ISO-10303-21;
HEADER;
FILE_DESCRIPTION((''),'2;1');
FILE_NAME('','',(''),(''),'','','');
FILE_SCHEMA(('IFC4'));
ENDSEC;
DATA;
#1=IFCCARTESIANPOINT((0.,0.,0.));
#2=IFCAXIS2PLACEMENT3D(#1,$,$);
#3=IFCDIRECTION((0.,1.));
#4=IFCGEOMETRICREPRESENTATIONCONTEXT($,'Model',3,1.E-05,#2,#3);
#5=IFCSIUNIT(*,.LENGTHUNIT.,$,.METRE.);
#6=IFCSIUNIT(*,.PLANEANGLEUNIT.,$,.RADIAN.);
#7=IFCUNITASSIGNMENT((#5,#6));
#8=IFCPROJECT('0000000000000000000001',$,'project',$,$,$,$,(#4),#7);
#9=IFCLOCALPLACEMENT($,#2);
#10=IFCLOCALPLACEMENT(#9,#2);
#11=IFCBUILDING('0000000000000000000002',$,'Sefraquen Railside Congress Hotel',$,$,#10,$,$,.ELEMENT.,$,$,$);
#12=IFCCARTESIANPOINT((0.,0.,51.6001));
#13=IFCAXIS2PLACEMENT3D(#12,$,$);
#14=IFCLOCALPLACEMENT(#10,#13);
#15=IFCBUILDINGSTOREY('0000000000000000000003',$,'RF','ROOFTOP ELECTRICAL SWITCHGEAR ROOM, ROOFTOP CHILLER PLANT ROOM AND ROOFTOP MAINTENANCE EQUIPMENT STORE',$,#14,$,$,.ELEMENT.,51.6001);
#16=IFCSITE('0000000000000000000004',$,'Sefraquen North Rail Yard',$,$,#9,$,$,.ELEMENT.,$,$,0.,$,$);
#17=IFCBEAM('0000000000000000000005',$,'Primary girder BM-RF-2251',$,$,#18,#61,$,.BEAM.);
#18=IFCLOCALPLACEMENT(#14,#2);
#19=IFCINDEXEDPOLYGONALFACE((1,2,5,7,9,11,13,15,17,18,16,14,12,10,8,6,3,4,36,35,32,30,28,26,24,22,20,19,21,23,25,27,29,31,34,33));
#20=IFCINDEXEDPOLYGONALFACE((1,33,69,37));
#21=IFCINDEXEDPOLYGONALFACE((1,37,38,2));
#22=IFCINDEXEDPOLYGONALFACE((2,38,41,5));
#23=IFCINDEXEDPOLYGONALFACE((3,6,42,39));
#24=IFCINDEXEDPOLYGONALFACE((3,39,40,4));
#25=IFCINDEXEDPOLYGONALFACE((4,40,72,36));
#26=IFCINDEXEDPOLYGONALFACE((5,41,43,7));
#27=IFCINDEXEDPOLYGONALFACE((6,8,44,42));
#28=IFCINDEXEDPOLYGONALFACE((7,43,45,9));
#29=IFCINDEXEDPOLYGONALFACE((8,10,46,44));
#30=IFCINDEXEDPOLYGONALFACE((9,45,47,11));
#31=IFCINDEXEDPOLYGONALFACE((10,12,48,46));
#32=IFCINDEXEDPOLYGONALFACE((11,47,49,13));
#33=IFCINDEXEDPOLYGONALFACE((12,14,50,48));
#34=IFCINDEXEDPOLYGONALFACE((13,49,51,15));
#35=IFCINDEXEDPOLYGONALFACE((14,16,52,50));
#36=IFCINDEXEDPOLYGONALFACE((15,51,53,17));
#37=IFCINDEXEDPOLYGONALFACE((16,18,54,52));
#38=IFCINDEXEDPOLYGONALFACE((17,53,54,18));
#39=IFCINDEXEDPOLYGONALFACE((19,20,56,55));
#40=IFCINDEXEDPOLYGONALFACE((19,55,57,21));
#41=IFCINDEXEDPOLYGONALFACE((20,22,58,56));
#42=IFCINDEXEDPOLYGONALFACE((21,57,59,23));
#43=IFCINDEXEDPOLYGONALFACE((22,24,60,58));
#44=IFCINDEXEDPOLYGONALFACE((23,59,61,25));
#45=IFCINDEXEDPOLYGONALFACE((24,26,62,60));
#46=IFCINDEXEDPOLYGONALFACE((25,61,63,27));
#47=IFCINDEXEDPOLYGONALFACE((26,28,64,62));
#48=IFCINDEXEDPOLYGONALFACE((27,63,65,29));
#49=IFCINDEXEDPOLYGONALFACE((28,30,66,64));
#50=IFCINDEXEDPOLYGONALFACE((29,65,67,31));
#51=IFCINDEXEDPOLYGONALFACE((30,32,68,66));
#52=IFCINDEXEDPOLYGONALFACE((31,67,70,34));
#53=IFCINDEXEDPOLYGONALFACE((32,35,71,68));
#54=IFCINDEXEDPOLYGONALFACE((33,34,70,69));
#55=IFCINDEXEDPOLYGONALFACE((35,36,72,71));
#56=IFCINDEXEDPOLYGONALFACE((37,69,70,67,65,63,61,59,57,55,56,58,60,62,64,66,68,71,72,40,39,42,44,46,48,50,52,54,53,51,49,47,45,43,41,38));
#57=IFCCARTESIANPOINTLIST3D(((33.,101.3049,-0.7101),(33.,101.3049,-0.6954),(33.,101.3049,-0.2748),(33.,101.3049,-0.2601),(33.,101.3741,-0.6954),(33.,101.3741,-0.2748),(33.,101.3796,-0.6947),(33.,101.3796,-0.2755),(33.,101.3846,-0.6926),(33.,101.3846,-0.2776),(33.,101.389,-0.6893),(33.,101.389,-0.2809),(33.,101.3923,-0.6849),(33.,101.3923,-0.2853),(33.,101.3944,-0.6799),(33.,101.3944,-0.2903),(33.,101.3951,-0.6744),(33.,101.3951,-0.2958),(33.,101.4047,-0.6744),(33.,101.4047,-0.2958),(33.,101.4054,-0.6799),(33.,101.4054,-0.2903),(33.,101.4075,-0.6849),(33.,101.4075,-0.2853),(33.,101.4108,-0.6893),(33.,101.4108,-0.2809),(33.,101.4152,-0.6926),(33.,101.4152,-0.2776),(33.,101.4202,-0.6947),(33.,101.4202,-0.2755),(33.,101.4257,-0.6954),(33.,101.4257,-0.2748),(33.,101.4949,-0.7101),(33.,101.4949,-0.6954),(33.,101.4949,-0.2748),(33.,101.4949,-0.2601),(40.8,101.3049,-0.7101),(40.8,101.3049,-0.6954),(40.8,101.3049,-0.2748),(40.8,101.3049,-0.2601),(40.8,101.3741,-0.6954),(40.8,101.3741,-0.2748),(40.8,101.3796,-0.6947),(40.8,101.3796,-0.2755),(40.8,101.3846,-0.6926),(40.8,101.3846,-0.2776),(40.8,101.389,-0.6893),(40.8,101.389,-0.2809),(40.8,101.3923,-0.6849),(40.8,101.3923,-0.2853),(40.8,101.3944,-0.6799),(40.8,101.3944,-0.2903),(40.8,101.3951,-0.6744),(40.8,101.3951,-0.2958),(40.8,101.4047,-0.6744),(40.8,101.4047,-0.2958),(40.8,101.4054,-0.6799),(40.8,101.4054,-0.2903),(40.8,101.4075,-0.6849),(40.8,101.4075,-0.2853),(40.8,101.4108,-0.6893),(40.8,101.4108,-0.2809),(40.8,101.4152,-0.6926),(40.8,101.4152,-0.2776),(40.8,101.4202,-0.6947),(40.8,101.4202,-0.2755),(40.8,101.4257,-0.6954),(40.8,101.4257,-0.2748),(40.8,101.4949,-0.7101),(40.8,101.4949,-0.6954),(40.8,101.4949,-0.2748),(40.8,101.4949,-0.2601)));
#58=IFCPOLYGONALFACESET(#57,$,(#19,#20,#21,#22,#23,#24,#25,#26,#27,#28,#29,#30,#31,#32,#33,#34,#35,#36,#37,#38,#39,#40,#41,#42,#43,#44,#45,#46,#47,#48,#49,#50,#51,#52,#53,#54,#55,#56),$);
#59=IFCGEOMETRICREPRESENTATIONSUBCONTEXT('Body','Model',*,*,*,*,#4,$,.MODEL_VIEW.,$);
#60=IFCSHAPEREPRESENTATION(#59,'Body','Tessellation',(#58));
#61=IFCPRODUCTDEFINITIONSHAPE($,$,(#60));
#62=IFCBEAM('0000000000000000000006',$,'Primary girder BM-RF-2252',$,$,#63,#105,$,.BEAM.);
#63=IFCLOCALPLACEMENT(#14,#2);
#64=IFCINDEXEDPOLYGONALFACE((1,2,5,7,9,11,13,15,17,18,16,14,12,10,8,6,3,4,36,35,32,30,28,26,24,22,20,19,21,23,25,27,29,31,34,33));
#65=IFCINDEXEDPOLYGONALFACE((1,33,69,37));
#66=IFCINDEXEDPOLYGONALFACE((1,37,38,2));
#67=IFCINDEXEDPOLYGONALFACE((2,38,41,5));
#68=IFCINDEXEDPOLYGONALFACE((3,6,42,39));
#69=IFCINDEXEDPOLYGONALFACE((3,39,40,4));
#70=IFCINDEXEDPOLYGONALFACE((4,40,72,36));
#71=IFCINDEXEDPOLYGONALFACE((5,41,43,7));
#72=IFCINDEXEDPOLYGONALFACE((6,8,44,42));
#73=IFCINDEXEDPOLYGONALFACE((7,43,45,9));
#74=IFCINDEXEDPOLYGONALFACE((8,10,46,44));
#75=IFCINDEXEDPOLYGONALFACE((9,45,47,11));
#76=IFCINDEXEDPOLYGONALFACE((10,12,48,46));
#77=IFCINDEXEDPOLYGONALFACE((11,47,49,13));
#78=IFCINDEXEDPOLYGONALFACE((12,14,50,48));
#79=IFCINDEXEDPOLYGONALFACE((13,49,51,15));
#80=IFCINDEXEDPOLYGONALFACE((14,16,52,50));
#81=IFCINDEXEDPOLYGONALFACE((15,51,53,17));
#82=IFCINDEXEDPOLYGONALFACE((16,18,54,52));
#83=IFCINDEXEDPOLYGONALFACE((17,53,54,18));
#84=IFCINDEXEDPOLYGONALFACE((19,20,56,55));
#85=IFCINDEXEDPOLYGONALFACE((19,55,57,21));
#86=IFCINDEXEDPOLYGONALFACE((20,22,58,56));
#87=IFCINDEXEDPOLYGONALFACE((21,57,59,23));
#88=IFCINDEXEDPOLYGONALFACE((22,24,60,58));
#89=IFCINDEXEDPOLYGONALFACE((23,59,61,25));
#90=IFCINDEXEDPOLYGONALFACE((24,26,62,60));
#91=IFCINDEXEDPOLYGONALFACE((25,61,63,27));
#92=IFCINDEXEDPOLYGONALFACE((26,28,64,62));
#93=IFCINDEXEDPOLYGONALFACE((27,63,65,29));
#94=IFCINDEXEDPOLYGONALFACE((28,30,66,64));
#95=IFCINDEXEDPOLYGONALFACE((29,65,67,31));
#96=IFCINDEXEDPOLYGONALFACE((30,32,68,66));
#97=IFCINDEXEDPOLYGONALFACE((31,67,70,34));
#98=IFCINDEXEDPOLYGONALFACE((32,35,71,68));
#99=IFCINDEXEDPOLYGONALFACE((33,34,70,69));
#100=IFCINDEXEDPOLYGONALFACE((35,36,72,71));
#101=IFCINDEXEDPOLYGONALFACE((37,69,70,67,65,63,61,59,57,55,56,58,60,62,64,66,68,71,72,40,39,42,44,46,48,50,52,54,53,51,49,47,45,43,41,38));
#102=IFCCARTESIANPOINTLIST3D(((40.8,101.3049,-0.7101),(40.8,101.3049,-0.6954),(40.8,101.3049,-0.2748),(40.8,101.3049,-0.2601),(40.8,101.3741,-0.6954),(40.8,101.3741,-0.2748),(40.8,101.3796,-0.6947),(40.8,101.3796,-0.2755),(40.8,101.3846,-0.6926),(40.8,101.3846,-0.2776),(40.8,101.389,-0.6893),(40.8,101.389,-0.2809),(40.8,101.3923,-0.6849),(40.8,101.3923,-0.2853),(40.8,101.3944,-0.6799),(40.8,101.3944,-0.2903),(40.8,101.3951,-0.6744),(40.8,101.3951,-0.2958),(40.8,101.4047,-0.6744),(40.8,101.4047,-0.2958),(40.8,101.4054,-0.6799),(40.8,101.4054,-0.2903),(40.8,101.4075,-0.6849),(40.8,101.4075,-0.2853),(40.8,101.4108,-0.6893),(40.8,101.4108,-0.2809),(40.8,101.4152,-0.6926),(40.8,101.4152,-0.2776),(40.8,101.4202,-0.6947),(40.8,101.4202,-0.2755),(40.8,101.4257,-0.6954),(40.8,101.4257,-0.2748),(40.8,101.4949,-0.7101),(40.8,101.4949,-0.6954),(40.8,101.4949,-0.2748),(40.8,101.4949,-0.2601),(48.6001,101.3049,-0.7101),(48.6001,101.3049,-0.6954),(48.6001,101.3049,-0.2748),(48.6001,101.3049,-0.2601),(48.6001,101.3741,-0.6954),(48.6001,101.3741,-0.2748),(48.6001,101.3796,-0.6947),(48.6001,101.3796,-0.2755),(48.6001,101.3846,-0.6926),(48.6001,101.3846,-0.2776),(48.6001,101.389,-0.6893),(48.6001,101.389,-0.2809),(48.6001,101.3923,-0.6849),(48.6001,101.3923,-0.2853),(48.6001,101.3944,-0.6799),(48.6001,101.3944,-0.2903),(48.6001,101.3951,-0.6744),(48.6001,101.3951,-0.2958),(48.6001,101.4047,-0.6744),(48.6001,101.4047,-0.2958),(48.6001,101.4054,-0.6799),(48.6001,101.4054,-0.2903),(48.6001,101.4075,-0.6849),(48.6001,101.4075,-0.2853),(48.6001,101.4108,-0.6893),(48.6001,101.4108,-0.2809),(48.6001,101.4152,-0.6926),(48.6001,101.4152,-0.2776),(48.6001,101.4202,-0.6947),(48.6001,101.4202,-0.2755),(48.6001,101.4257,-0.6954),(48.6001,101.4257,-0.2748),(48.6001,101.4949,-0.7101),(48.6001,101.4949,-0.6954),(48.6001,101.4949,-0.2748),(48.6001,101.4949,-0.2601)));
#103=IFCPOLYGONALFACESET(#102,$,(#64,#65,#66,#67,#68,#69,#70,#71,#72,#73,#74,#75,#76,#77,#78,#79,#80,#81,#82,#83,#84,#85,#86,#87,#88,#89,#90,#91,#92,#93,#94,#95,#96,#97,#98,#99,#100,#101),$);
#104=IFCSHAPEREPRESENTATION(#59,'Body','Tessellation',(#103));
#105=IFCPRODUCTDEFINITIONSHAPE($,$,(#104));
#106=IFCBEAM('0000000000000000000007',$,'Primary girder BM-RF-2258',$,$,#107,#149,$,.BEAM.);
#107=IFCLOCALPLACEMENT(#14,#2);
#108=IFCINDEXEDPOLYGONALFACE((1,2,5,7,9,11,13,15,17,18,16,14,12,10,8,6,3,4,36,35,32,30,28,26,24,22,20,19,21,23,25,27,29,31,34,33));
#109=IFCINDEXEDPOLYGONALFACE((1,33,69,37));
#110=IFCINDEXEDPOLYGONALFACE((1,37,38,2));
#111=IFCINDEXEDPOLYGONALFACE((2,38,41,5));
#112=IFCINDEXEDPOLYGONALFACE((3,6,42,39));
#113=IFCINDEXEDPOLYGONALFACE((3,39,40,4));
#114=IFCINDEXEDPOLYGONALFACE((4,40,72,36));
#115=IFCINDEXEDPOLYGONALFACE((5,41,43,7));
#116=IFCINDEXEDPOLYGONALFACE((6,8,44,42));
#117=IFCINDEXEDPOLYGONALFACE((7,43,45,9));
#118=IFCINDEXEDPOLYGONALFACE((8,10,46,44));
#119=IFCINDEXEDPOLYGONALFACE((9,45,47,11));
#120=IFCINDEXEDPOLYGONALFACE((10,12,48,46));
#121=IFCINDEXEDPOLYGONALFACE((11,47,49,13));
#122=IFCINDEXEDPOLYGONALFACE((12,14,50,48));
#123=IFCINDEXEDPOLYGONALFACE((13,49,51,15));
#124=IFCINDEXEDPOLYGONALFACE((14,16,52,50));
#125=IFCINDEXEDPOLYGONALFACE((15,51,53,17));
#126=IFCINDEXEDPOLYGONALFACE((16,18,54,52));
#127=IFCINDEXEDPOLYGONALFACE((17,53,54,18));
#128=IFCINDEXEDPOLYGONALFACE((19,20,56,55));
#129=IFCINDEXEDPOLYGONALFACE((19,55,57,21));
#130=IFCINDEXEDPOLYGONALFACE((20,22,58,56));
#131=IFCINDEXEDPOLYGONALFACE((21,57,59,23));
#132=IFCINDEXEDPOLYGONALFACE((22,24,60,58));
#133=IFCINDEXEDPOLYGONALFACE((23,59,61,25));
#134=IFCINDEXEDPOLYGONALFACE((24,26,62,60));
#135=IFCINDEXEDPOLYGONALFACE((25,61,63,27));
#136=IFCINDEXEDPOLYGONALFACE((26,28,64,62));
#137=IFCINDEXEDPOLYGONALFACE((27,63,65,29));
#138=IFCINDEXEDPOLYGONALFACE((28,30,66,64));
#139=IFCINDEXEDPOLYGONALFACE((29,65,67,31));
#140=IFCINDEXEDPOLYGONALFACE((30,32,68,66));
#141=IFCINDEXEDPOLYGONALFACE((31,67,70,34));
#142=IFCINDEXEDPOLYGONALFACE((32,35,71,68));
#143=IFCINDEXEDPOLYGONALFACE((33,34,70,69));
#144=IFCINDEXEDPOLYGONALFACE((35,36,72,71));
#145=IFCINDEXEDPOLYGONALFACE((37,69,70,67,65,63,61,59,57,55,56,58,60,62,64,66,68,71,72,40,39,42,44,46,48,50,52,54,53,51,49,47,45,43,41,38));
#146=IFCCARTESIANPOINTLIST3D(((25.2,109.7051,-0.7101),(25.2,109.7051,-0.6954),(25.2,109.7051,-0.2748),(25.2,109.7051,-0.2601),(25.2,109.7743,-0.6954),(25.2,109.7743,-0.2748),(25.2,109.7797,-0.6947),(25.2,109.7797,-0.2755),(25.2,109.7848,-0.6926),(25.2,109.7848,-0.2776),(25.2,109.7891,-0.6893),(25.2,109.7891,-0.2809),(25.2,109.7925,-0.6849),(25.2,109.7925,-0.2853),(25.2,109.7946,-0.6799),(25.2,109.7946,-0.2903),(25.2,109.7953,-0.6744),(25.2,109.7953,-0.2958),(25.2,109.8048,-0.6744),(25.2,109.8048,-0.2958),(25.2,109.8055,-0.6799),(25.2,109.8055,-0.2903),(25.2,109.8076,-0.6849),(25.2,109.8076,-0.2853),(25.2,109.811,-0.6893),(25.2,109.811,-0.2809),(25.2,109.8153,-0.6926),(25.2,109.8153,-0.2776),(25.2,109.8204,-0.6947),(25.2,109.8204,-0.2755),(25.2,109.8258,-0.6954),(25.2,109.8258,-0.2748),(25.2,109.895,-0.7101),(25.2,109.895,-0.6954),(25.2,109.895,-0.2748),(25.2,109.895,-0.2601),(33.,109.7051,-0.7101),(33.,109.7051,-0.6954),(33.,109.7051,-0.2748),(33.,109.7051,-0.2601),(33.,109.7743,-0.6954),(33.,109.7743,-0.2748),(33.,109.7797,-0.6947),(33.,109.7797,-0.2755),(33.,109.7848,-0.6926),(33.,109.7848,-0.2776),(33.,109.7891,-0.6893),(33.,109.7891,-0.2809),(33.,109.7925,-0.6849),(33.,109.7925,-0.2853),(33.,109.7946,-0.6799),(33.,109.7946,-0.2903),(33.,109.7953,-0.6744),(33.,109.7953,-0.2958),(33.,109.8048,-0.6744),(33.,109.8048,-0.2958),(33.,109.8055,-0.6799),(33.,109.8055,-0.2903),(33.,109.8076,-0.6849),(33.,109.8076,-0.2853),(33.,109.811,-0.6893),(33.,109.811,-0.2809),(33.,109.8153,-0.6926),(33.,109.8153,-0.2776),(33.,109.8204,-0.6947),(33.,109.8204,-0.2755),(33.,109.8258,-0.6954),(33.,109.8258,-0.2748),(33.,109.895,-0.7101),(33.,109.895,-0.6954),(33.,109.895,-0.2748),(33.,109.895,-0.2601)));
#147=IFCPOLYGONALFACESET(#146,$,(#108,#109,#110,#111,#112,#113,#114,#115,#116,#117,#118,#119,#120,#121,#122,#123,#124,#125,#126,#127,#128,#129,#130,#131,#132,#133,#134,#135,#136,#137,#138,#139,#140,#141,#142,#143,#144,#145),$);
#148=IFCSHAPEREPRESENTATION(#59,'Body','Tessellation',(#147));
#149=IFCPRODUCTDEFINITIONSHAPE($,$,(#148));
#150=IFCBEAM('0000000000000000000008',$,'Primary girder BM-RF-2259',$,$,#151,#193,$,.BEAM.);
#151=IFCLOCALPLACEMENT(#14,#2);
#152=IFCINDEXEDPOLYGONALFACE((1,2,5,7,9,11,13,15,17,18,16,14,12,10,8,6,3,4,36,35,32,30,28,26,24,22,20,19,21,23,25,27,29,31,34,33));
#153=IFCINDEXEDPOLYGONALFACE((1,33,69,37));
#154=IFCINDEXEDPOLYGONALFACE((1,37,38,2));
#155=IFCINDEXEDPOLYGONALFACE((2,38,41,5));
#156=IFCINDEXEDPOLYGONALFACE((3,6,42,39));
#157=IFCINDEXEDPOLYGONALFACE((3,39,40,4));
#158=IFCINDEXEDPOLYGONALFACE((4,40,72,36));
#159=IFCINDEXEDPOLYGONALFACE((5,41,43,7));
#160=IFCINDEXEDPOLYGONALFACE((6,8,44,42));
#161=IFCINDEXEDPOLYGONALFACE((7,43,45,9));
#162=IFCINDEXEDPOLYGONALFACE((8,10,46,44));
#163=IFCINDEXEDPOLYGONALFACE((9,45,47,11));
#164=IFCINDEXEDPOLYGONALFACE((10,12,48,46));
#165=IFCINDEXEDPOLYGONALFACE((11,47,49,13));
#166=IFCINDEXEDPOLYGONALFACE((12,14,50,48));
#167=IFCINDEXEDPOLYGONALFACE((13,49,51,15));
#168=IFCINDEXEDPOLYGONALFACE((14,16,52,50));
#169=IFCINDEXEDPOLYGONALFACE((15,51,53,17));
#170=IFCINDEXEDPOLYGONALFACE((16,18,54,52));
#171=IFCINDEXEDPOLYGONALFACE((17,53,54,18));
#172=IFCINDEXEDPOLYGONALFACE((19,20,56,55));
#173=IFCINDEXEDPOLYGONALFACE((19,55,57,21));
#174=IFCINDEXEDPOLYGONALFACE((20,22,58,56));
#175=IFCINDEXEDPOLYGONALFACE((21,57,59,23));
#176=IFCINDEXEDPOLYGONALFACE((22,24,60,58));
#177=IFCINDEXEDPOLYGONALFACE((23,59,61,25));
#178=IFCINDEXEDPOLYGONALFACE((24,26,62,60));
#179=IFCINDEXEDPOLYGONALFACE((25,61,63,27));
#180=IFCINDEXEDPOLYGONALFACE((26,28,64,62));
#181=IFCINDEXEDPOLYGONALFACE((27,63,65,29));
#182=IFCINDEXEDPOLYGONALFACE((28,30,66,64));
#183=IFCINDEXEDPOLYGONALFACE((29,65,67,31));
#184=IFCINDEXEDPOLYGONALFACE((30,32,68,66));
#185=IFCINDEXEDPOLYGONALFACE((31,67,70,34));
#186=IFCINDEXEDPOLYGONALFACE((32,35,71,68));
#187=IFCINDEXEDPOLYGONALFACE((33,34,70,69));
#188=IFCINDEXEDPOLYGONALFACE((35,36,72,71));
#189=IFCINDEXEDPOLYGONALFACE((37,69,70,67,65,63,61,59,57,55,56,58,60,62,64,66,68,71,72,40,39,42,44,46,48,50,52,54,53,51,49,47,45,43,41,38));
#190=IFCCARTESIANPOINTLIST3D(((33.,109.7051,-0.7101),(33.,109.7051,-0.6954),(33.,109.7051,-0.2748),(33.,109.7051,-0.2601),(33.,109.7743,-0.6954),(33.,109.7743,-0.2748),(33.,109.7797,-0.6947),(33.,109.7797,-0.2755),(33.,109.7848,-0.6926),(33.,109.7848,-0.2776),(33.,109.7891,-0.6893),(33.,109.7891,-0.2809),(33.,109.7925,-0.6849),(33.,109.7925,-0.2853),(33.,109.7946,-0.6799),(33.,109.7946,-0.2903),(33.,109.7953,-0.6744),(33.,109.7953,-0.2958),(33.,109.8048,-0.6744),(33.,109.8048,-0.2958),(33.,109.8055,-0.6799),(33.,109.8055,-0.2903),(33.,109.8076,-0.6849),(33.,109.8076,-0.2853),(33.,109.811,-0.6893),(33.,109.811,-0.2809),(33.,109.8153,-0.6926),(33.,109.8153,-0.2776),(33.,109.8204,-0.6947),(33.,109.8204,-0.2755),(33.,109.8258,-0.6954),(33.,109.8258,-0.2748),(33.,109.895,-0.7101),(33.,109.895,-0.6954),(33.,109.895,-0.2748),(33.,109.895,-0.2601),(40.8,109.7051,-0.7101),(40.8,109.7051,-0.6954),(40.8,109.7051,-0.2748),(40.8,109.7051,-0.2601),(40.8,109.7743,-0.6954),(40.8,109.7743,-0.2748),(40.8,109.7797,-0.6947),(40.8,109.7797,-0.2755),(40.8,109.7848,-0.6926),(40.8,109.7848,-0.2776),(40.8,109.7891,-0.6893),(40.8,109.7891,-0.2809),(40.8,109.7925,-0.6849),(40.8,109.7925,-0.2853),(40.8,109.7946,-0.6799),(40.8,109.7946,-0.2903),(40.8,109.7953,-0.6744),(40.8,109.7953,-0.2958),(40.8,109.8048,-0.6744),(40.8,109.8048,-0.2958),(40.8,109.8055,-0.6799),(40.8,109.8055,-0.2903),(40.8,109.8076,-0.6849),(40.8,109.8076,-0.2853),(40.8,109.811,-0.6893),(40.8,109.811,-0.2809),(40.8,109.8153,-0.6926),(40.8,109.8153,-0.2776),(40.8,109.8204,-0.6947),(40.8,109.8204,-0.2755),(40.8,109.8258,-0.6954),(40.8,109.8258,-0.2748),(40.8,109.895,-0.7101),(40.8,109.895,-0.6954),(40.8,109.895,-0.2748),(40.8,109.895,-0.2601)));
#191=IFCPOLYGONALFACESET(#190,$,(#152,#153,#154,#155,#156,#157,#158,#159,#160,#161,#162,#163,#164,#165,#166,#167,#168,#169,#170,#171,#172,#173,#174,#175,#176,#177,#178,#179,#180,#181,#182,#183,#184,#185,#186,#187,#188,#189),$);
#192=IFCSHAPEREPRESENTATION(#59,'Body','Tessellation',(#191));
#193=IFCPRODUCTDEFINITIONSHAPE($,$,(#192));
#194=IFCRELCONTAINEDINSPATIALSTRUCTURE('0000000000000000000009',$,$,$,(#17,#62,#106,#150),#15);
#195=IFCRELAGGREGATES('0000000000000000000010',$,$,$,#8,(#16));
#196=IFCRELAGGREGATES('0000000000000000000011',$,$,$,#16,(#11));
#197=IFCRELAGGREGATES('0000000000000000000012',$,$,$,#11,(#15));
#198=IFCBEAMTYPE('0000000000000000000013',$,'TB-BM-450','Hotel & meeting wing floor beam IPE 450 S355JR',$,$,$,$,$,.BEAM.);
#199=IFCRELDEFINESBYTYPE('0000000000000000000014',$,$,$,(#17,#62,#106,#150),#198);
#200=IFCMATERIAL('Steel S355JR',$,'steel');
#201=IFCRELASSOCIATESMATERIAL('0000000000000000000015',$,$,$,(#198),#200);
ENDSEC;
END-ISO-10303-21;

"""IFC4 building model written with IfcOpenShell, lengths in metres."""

from ifc_helpers import new_model, si_unit, direction, frame, origin, origin_2d, place, context, subcontext, project, spatial, i_section, extrude, material, material_profile, profile_set, type_object, element, save


model = new_model("IFC4")

# Units and contexts
model_context = context("Model", 3, precision=1e-05, world=origin(), true_north=direction((0.0, 1.0)))
body_context = subcontext(model_context, "Body", "Model", "MODEL_VIEW")
ifc_project = project(units=[si_unit("LENGTHUNIT", "METRE"), si_unit("PLANEANGLEUNIT", "RADIAN")], contexts=[model_context])

# Site, building, storey
site_placement = place(None, origin())
site = spatial("IfcSite", under=ifc_project, at=site_placement, Name="Sefraquen North Rail Yard", CompositionType="ELEMENT", RefElevation=0.0)
building_placement = place(site_placement, origin())
building = spatial("IfcBuilding", under=site, at=building_placement, Name="Sefraquen Railside Congress Hotel", CompositionType="ELEMENT")
storey_placement = place(building_placement, frame((0.0, 0.0, 51.6001)))
storey = spatial("IfcBuildingStorey", under=building, at=storey_placement, Name="RF", Description="ROOFTOP ELECTRICAL SWITCHGEAR ROOM, ROOFTOP CHILLER PLANT ROOM AND ROOFTOP MAINTENANCE EQUIPMENT STORE", CompositionType="ELEMENT", Elevation=51.6001)

# Beams
ifc_material_1 = material(Name="Steel S355JR", Category="steel")
ifc_material_profile_1 = material_profile(ifc_material_1, i_section(OverallWidth=0.1899, OverallDepth=0.45, WebThickness=0.0095, FlangeThickness=0.0146, FilletRadius=0.021, at=origin_2d()), Name="IPE 450")
ifc_profile_set_1 = profile_set([ifc_material_profile_1], Name="Steel S355JR")
beam_type_1 = type_object("IfcBeamType", Name="TB-BM-450", Description="Hotel & meeting wing floor beam IPE 450 S355JR", PredefinedType="BEAM", material=ifc_profile_set_1)
for number, where, z_axis, x_axis, name in (
    (1, (33.0, 101.3999, -0.4851), (1.0, 0.0, 0.0), (0.0, 1.0, 0.0), "Primary girder BM-RF-2251"),
    (2, (40.8, 101.3999, -0.4851), (1.0, 0.0, 0.0), (0.0, 1.0, 0.0), "Primary girder BM-RF-2252"),
    (3, (25.2, 109.8, -0.4851), (1.0, 0.0, 0.0), (0.0, 1.0, 0.0), "Primary girder BM-RF-2258"),
    (4, (33.0, 109.8, -0.4851), (1.0, 0.0, 0.0), (0.0, 1.0, 0.0), "Primary girder BM-RF-2259"),
):
    element("IfcBeam", number, at=place(storey_placement, frame(where, z_axis=z_axis, x_axis=x_axis)), inside=storey, type_object=beam_type_1, Name=name, PredefinedType="BEAM", context=body_context, shape_type="SweptSolid", body=[
        extrude(i_section(OverallWidth=0.1899, OverallDepth=0.45, WebThickness=0.0095, FlangeThickness=0.0146, FilletRadius=0.021, at=origin_2d()), origin(), (0.0, 0.0, 1.0), 7.8),
    ])

save(model, "model.ifc")
